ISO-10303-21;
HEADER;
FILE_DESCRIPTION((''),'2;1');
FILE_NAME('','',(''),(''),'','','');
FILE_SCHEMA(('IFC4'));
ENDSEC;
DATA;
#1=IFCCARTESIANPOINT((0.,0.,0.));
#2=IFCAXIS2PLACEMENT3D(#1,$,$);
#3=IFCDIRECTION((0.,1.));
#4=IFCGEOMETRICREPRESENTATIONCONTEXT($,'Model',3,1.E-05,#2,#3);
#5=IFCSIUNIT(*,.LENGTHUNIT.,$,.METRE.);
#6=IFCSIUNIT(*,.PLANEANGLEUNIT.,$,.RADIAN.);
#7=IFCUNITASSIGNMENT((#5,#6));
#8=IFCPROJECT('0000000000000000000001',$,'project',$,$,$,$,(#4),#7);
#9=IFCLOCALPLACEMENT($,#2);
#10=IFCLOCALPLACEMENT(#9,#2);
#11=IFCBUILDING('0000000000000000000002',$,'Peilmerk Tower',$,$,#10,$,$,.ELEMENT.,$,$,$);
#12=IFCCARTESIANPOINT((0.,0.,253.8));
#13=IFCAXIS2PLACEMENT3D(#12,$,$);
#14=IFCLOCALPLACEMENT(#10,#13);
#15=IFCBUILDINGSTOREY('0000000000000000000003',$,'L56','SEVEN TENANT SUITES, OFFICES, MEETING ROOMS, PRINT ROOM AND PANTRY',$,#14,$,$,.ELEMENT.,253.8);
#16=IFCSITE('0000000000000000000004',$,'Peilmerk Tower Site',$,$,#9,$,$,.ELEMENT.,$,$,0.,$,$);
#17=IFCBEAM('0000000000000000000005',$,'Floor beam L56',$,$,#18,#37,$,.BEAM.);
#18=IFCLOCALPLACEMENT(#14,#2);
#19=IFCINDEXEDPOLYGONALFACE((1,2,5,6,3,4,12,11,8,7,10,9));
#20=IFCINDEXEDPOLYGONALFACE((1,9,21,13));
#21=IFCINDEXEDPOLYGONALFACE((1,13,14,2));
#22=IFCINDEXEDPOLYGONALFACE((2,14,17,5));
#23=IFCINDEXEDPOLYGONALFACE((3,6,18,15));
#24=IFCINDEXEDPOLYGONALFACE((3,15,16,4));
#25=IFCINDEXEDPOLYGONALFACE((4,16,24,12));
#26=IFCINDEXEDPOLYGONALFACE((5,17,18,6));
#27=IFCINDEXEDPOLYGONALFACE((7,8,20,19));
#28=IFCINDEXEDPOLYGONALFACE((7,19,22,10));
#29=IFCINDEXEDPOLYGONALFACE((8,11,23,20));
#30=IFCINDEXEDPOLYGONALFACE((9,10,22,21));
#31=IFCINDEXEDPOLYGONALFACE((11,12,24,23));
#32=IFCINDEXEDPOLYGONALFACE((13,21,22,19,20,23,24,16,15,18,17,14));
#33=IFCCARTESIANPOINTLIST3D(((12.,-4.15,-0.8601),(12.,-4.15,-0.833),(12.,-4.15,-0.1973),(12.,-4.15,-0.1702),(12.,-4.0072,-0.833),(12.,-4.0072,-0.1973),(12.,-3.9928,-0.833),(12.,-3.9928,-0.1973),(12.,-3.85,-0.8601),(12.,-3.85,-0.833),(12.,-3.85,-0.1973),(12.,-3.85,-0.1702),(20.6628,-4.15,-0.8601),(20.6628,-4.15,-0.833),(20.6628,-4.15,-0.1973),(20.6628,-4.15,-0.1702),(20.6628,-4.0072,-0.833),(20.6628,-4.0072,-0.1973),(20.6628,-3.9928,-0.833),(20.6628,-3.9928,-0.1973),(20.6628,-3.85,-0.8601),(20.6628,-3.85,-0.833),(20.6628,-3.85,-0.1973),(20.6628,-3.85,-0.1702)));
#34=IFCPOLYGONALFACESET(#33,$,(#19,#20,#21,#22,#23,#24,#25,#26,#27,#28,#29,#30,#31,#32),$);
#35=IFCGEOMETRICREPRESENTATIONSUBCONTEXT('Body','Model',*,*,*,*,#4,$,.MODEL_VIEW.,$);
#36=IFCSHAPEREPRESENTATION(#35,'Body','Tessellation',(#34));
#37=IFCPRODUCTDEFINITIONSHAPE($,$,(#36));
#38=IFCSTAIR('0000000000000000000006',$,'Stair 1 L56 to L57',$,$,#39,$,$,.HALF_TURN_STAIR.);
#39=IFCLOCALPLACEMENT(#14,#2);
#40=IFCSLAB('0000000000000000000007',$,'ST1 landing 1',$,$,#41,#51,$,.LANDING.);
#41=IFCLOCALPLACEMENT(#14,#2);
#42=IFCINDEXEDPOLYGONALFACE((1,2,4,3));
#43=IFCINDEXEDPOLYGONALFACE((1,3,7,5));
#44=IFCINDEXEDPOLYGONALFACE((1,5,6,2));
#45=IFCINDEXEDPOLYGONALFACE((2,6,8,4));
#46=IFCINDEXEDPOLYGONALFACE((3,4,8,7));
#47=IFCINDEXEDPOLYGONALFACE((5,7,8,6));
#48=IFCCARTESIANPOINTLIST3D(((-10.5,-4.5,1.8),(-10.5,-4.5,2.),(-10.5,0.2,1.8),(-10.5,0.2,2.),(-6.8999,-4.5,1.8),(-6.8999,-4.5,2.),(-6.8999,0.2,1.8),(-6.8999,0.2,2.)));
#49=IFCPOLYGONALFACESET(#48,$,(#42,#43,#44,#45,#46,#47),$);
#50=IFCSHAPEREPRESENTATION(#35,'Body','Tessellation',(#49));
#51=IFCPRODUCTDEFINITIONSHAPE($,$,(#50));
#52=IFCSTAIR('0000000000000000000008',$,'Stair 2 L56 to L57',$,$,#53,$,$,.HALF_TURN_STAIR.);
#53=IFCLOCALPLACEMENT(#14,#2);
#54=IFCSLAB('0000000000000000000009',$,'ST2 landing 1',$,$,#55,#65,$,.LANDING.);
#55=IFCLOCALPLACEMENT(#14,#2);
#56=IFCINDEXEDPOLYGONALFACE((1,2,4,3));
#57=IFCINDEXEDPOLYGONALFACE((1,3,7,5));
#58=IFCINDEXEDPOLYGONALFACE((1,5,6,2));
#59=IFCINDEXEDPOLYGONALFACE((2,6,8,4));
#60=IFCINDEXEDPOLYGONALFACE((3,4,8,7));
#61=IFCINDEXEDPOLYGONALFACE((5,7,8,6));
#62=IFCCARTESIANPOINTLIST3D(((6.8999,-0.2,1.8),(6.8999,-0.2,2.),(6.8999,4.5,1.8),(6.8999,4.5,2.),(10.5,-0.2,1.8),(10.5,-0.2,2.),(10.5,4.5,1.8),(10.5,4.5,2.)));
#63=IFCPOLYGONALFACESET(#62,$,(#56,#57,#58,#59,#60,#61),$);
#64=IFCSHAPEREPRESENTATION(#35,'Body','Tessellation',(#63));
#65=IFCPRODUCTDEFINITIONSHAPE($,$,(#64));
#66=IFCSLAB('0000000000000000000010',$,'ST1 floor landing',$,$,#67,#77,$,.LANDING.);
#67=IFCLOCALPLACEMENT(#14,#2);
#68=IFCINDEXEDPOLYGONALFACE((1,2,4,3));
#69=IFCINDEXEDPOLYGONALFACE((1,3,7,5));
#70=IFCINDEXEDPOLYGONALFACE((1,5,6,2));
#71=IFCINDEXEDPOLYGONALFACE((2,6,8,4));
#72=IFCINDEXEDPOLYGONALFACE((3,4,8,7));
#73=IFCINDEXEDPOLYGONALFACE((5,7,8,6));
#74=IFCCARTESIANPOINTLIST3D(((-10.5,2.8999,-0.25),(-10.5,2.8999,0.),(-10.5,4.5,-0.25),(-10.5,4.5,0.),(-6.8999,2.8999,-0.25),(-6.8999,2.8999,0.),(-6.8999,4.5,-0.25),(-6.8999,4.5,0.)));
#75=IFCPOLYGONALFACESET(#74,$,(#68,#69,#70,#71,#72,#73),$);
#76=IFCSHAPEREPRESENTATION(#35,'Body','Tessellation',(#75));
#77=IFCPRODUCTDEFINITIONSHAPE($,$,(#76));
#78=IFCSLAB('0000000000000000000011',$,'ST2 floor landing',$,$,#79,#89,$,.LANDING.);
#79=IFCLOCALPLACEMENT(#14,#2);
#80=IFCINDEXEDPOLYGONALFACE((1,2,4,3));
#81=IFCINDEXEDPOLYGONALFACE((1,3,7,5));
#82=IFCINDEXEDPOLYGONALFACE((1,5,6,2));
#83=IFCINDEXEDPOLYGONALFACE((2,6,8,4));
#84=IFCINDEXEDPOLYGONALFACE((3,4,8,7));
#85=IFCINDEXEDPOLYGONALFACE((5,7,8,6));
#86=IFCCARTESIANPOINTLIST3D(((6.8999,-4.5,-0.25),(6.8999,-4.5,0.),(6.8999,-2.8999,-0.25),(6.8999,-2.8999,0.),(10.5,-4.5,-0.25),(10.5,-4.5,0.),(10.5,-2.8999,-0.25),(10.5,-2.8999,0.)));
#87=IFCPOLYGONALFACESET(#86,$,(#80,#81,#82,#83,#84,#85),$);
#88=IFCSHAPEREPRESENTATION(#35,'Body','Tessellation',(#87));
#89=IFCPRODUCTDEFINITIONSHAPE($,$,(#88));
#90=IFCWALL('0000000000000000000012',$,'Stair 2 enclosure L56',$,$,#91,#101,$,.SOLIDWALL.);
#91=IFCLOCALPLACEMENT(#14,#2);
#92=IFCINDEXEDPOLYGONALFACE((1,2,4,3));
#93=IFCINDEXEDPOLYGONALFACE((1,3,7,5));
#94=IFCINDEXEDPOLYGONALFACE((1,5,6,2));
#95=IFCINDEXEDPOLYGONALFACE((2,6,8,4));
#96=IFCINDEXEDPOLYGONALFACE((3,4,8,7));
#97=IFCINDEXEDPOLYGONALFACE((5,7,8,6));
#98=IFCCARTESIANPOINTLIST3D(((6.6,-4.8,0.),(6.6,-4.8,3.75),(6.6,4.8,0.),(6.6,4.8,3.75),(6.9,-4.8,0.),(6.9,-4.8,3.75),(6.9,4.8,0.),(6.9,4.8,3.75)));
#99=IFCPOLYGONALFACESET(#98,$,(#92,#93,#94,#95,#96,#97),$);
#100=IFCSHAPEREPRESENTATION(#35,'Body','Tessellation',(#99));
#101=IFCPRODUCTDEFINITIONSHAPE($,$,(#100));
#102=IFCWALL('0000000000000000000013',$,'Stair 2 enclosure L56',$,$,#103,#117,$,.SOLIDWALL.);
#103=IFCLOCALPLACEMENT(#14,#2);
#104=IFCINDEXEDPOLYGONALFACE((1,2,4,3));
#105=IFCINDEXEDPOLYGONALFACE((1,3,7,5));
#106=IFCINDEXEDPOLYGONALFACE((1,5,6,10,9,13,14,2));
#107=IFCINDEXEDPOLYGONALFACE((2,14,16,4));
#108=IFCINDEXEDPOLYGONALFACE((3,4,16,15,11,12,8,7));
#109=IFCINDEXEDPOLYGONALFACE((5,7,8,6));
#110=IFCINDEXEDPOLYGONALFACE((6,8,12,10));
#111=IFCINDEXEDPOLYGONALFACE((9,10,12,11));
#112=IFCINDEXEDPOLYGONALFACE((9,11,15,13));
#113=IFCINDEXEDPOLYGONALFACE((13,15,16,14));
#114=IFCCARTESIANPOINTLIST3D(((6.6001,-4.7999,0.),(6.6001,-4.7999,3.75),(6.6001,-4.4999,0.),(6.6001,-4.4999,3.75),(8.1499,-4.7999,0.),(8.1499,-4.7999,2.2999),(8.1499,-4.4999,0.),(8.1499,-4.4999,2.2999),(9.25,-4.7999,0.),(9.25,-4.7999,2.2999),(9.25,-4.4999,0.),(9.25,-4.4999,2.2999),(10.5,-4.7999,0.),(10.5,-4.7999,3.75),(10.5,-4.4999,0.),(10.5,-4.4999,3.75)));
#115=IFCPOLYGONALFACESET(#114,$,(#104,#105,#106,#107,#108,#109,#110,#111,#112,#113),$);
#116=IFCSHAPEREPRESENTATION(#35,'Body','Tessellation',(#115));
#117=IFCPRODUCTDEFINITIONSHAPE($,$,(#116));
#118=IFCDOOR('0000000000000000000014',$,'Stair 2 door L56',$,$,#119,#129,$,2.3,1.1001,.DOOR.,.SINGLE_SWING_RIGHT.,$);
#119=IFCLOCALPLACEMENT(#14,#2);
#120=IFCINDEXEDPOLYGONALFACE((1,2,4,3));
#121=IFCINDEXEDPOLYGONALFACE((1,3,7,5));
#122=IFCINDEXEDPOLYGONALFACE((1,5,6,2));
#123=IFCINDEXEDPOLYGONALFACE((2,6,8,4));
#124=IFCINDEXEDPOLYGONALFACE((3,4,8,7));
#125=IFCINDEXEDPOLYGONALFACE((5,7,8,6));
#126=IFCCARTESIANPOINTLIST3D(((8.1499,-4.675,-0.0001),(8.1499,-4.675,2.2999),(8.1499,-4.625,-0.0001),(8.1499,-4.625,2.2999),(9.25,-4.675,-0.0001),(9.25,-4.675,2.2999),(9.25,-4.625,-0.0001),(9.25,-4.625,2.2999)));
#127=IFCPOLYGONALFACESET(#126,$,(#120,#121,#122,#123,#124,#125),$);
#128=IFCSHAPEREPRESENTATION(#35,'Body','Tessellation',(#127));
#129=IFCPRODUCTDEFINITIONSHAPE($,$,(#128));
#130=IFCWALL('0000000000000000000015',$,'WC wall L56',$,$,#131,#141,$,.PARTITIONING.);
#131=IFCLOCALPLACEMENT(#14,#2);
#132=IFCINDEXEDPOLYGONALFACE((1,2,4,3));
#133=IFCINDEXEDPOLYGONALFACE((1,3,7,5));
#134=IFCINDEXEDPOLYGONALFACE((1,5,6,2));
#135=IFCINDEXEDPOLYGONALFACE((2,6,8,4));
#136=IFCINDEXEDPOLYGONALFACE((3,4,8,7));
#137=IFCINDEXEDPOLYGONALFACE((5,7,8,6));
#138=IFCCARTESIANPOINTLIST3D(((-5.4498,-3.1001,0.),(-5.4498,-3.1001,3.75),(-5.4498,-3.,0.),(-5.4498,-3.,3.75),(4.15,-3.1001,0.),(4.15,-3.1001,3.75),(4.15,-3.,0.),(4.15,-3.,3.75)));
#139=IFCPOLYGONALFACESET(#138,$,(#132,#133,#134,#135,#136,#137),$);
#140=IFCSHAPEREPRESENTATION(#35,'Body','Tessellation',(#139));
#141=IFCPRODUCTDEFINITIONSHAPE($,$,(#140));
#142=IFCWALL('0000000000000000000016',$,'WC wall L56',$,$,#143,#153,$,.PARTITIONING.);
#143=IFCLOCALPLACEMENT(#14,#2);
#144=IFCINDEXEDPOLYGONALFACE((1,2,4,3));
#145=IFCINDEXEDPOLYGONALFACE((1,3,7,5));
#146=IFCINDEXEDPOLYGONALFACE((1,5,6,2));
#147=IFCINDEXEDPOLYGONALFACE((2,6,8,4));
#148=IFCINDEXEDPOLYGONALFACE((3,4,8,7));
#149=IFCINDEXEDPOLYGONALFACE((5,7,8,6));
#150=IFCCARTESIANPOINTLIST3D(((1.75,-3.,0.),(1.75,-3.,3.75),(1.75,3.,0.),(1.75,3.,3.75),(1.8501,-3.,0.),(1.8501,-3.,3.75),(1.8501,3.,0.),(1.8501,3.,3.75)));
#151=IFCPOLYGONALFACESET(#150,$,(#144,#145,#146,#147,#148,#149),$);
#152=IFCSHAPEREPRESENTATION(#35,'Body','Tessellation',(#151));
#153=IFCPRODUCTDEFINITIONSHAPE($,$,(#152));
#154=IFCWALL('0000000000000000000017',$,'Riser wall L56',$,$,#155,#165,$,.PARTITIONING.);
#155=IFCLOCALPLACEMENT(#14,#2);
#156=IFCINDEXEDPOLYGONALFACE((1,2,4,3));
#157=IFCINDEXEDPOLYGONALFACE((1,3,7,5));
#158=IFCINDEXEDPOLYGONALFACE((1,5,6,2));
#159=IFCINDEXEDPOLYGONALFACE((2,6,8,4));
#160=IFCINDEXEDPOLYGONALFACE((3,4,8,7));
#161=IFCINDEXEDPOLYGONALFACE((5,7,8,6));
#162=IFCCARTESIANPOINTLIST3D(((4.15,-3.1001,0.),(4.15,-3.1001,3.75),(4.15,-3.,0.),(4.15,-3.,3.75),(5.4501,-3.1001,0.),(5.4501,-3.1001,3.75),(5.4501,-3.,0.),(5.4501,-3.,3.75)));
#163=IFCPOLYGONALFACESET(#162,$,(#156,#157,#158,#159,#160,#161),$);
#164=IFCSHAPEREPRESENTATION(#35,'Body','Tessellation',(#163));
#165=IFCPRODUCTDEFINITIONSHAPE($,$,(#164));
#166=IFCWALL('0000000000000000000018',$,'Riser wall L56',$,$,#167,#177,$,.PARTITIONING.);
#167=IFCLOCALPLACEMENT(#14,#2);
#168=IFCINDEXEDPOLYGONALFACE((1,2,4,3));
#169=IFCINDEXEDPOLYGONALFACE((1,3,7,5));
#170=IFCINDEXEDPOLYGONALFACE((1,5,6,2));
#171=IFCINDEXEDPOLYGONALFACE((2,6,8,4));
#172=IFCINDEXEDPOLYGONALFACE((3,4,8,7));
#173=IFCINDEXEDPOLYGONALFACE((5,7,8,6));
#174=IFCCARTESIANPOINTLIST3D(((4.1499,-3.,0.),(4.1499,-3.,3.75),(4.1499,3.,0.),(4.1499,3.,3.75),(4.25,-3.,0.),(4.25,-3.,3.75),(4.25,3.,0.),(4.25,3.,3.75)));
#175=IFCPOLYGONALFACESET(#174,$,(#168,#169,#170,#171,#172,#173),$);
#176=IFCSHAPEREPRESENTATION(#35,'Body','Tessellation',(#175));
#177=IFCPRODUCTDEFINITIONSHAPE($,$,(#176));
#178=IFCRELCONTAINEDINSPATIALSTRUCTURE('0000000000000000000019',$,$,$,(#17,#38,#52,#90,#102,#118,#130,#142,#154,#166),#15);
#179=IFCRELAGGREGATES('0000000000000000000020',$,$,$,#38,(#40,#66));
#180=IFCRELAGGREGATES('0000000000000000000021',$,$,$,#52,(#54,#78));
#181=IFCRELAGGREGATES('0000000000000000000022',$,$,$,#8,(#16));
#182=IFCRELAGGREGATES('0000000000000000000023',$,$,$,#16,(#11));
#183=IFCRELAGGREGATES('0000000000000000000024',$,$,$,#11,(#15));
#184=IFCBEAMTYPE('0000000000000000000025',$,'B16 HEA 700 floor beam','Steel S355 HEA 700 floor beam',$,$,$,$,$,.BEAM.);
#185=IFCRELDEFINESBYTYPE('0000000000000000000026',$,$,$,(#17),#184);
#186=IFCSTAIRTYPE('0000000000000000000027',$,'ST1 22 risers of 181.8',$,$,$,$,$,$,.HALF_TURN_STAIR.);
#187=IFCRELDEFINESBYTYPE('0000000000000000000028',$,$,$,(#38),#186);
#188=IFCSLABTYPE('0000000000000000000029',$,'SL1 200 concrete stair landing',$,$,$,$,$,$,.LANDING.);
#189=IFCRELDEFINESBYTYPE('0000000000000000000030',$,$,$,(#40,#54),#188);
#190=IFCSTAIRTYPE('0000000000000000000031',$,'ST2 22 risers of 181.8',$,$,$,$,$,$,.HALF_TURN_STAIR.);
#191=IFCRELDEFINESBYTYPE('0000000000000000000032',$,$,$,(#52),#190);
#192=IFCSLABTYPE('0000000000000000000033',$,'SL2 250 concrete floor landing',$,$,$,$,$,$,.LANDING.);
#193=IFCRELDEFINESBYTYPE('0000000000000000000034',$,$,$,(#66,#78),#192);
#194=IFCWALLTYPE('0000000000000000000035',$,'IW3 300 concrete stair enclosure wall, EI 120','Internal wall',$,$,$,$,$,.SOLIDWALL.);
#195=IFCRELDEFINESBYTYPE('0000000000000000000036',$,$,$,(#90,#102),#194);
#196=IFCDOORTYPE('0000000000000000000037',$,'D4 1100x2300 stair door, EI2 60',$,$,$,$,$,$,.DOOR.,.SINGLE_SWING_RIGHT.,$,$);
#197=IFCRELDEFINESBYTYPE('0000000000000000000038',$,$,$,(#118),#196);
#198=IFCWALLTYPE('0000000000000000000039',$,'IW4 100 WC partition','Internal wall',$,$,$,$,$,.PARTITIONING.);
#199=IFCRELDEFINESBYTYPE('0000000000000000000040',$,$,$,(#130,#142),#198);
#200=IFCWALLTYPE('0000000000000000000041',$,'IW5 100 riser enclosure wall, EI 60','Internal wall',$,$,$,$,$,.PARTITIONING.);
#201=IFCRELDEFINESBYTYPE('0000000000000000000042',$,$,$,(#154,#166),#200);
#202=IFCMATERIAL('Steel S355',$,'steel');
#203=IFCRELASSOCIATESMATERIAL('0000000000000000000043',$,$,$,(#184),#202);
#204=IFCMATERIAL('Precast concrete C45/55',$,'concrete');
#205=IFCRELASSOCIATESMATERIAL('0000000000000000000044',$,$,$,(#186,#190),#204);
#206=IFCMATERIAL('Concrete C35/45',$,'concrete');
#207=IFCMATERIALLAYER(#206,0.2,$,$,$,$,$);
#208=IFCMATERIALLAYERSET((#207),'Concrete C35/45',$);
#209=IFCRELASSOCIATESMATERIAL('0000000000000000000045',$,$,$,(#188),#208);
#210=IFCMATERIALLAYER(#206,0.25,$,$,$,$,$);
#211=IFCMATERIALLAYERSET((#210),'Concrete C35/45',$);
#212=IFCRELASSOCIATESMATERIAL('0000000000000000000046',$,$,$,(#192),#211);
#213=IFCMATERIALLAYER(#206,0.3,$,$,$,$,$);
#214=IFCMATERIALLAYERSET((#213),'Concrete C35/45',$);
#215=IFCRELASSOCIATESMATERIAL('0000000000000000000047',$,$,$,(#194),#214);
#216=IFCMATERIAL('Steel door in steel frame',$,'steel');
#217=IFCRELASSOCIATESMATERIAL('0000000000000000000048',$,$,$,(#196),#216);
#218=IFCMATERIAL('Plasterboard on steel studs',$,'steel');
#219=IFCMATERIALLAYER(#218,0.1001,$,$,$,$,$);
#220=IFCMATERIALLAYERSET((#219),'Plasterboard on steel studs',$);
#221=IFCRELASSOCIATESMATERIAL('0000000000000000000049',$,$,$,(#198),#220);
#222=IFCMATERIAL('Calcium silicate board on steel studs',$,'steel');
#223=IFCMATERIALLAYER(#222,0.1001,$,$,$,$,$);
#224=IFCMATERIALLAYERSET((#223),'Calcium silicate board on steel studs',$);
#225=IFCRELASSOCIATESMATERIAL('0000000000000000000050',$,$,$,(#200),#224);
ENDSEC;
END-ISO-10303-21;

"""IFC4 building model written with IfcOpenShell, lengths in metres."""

from ifc_helpers import new_model, si_unit, direction, frame, frame_2d, origin, origin_2d, place, context, subcontext, project, spatial, polyline, rectangle, i_section, outline, extrude, material, layer, layer_set, material_profile, profile_set, type_object, element, fill, aggregate, save


model = new_model("IFC4")

# Units and contexts
model_context = context("Model", 3, precision=1e-05, world=origin(), true_north=direction((0.0, 1.0)))
body_context = subcontext(model_context, "Body", "Model", "MODEL_VIEW")
ifc_project = project(units=[si_unit("LENGTHUNIT", "METRE"), si_unit("PLANEANGLEUNIT", "RADIAN")], contexts=[model_context])

# Site, building, storey
site_placement = place(None, origin())
site = spatial("IfcSite", under=ifc_project, at=site_placement, Name="Peilmerk Tower Site", CompositionType="ELEMENT", RefElevation=0.0)
building_placement = place(site_placement, origin())
building = spatial("IfcBuilding", under=site, at=building_placement, Name="Peilmerk Tower", CompositionType="ELEMENT")
storey_placement = place(building_placement, frame((0.0, 0.0, 253.8)))
storey = spatial("IfcBuildingStorey", under=building, at=storey_placement, Name="L56", Description="SEVEN TENANT SUITES, OFFICES, MEETING ROOMS, PRINT ROOM AND PANTRY", CompositionType="ELEMENT", Elevation=253.8)

# Beam
ifc_material_1 = material(Name="Steel S355", Category="steel")
ifc_material_profile = material_profile(ifc_material_1, i_section(OverallWidth=0.3, OverallDepth=0.6899, WebThickness=0.0144, FlangeThickness=0.0271, at=origin_2d()), Name="HEA 700")
ifc_profile_set = profile_set([ifc_material_profile], Name="Steel S355")
beam_type = type_object("IfcBeamType", Name="B16 HEA 700 floor beam", Description="Steel S355 HEA 700 floor beam", PredefinedType="BEAM", material=ifc_profile_set)
beam_placement = place(storey_placement, frame((12.0, -4.0, -0.5151), z_axis=(1.0, 0.0, 0.0), x_axis=(0.0, 1.0, 0.0)))
element("IfcBeam", 1, at=beam_placement, inside=storey, type_object=beam_type, Name="Floor beam L56", PredefinedType="BEAM", context=body_context, shape_type="SweptSolid", body=[
    extrude(i_section(OverallWidth=0.3, OverallDepth=0.6899, WebThickness=0.0144, FlangeThickness=0.0271, at=origin_2d()), origin(), (0.0, 0.0, 1.0), 8.6628),
])

# Stairs, slabs
ifc_material_2 = material(Name="Precast concrete C45/55", Category="concrete")
stair_type_1 = type_object("IfcStairType", Name="ST1 22 risers of 181.8", PredefinedType="HALF_TURN_STAIR", material=ifc_material_2)
stair_1_placement = place(storey_placement, origin())
stair_1 = element("IfcStair", 2, at=stair_1_placement, inside=storey, type_object=stair_type_1, Name="Stair 1 L56 to L57", PredefinedType="HALF_TURN_STAIR")
ifc_material_3 = material(Name="Concrete C35/45", Category="concrete")
ifc_layer_1 = layer(ifc_material_3, 0.2)
ifc_layer_set_1 = layer_set([ifc_layer_1], Name="Concrete C35/45")
slab_type_1 = type_object("IfcSlabType", Name="SL1 200 concrete stair landing", PredefinedType="LANDING", material=ifc_layer_set_1)
slab_1_placement = place(storey_placement, frame((0.0, 0.0, 1.8)))
slab_1 = element("IfcSlab", 3, at=slab_1_placement, type_object=slab_type_1, Name="ST1 landing 1", PredefinedType="LANDING", context=body_context, shape_type="SweptSolid", body=[
    extrude(outline(polyline([(-10.5, -4.5), (-6.8999, -4.5), (-6.8999, 0.2), (-10.5, 0.2), (-10.5, -4.5)])), origin(), (0.0, 0.0, 1.0), 0.2),
])
stair_type_2 = type_object("IfcStairType", Name="ST2 22 risers of 181.8", PredefinedType="HALF_TURN_STAIR", material=ifc_material_2)
stair_2_placement = place(storey_placement, origin())
stair_2 = element("IfcStair", 4, at=stair_2_placement, inside=storey, type_object=stair_type_2, Name="Stair 2 L56 to L57", PredefinedType="HALF_TURN_STAIR")
slab_2_placement = place(storey_placement, frame((0.0, 0.0, 1.8)))
slab_2 = element("IfcSlab", 5, at=slab_2_placement, type_object=slab_type_1, Name="ST2 landing 1", PredefinedType="LANDING", context=body_context, shape_type="SweptSolid", body=[
    extrude(outline(polyline([(6.8999, -0.2), (10.5, -0.2), (10.5, 4.5), (6.8999, 4.5), (6.8999, -0.2)])), origin(), (0.0, 0.0, 1.0), 0.2),
])

# Slabs
ifc_layer_2 = layer(ifc_material_3, 0.25)
ifc_layer_set_2 = layer_set([ifc_layer_2], Name="Concrete C35/45")
slab_type_2 = type_object("IfcSlabType", Name="SL2 250 concrete floor landing", PredefinedType="LANDING", material=ifc_layer_set_2)
slab_3_placement = place(storey_placement, frame((0.0, 0.0, -0.25)))
slab_3 = element("IfcSlab", 6, at=slab_3_placement, type_object=slab_type_2, Name="ST1 floor landing", PredefinedType="LANDING", context=body_context, shape_type="SweptSolid", body=[
    extrude(outline(polyline([(-10.5, 2.8999), (-6.8999, 2.8999), (-6.8999, 4.5), (-10.5, 4.5), (-10.5, 2.8999)])), origin(), (0.0, 0.0, 1.0), 0.25),
])
aggregate(stair_1, [slab_1, slab_3])
slab_4_placement = place(storey_placement, frame((0.0, 0.0, -0.25)))
slab_4 = element("IfcSlab", 7, at=slab_4_placement, type_object=slab_type_2, Name="ST2 floor landing", PredefinedType="LANDING", context=body_context, shape_type="SweptSolid", body=[
    extrude(outline(polyline([(6.8999, -4.5), (10.5, -4.5), (10.5, -2.8999), (6.8999, -2.8999), (6.8999, -4.5)])), origin(), (0.0, 0.0, 1.0), 0.25),
])

# Wall
ifc_layer_3 = layer(ifc_material_3, 0.3)
ifc_layer_set_3 = layer_set([ifc_layer_3], Name="Concrete C35/45")
wall_type_1 = type_object("IfcWallType", Name="IW3 300 concrete stair enclosure wall, EI 120", Description="Internal wall", PredefinedType="SOLIDWALL", material=ifc_layer_set_3)
wall_1_placement = place(storey_placement, frame((6.75, -4.8, 0.0), z_axis=(0.0, 0.0, 1.0), x_axis=(0.0, 1.0, 0.0)))
element("IfcWall", 8, at=wall_1_placement, inside=storey, type_object=wall_type_1, Name="Stair 2 enclosure L56", PredefinedType="SOLIDWALL", context=body_context, shape_type="SweptSolid", body=[
    extrude(rectangle(XDim=9.6001, YDim=0.3, at=frame_2d((4.8, 0.0))), origin(), (0.0, 0.0, 1.0), 3.75),
])

# Wall, opening, door
wall_2_placement = place(storey_placement, frame((10.5, -4.6499, 0.0), z_axis=(0.0, 0.0, 1.0), x_axis=(-1.0, 0.0, 0.0)))
wall_2 = element("IfcWall", 9, at=wall_2_placement, inside=storey, type_object=wall_type_1, Name="Stair 2 enclosure L56", PredefinedType="SOLIDWALL", context=body_context, shape_type="SweptSolid", body=[
    extrude(rectangle(XDim=3.8999, YDim=0.3, at=frame_2d((1.95, 0.0))), origin(), (0.0, 0.0, 1.0), 3.75),
])
opening_1_placement = place(wall_2_placement, frame((1.25, 0.0, 0.0)))
opening_1 = element("IfcOpeningElement", 10, at=opening_1_placement, cuts=wall_2, PredefinedType="OPENING", context=body_context, shape_type="SweptSolid", body=[
    extrude(rectangle(XDim=1.1001, YDim=2.3, at=frame_2d((0.55, 1.1499))), frame((0.0, 0.1599, 0.0), z_axis=(0.0, -1.0, 0.0), x_axis=(1.0, 0.0, 0.0)), (0.0, 0.0, 1.0), 0.3201),
])
ifc_material_4 = material(Name="Steel door in steel frame", Category="steel")
door_type_1 = type_object("IfcDoorType", Name="D4 1100x2300 stair door, EI2 60", OperationType="SINGLE_SWING_RIGHT", PredefinedType="DOOR", material=ifc_material_4)
door_1_placement = place(opening_1_placement, frame((1.1001, 0.0, 0.0), z_axis=(0.0, 0.0, 1.0), x_axis=(-1.0, 0.0, 0.0)))
door_1 = element("IfcDoor", 11, at=door_1_placement, inside=storey, type_object=door_type_1, Name="Stair 2 door L56", OperationType="SINGLE_SWING_RIGHT", OverallHeight=2.3, OverallWidth=1.1001, PredefinedType="DOOR", context=body_context, shape_type="SweptSolid", body=[
    extrude(rectangle(XDim=1.1001, YDim=2.3, at=frame_2d((0.55, 1.1499))), frame((0.0, 0.0249, 0.0), z_axis=(0.0, -1.0, 0.0), x_axis=(1.0, 0.0, 0.0)), (0.0, 0.0, 1.0), 0.05),
])
fill(opening_1, door_1)

# Walls
ifc_material_5 = material(Name="Plasterboard on steel studs", Category="steel")
ifc_layer_4 = layer(ifc_material_5, 0.1001)
ifc_layer_set_4 = layer_set([ifc_layer_4], Name="Plasterboard on steel studs")
wall_type_2 = type_object("IfcWallType", Name="IW4 100 WC partition", Description="Internal wall", PredefinedType="PARTITIONING", material=ifc_layer_set_4)
wall_3_placement = place(storey_placement, frame((4.1499, -3.05, 0.0), z_axis=(0.0, 0.0, 1.0), x_axis=(-1.0, 0.0, 0.0)))
element("IfcWall", 12, at=wall_3_placement, inside=storey, type_object=wall_type_2, Name="WC wall L56", PredefinedType="PARTITIONING", context=body_context, shape_type="SweptSolid", body=[
    extrude(rectangle(XDim=9.5999, YDim=0.1001, at=frame_2d((4.7998, 0.0))), origin(), (0.0, 0.0, 1.0), 3.75),
])
wall_4_placement = place(storey_placement, frame((1.8, -3.0, 0.0), z_axis=(0.0, 0.0, 1.0), x_axis=(0.0, 1.0, 0.0)))
element("IfcWall", 13, at=wall_4_placement, inside=storey, type_object=wall_type_2, Name="WC wall L56", PredefinedType="PARTITIONING", context=body_context, shape_type="SweptSolid", body=[
    extrude(rectangle(XDim=6.0, YDim=0.1001, at=frame_2d((3.0, 0.0))), origin(), (0.0, 0.0, 1.0), 3.75),
])
ifc_material_6 = material(Name="Calcium silicate board on steel studs", Category="steel")
ifc_layer_5 = layer(ifc_material_6, 0.1001)
ifc_layer_set_5 = layer_set([ifc_layer_5], Name="Calcium silicate board on steel studs")
wall_type_3 = type_object("IfcWallType", Name="IW5 100 riser enclosure wall, EI 60", Description="Internal wall", PredefinedType="PARTITIONING", material=ifc_layer_set_5)
wall_5_placement = place(storey_placement, frame((5.45, -3.05, 0.0), z_axis=(0.0, 0.0, 1.0), x_axis=(-1.0, 0.0, 0.0)))
element("IfcWall", 14, at=wall_5_placement, inside=storey, type_object=wall_type_3, Name="Riser wall L56", PredefinedType="PARTITIONING", context=body_context, shape_type="SweptSolid", body=[
    extrude(rectangle(XDim=1.3, YDim=0.1001, at=frame_2d((0.6499, 0.0))), origin(), (0.0, 0.0, 1.0), 3.75),
])
wall_6_placement = place(storey_placement, frame((4.2, -3.0, 0.0), z_axis=(0.0, 0.0, 1.0), x_axis=(0.0, 1.0, 0.0)))
element("IfcWall", 15, at=wall_6_placement, inside=storey, type_object=wall_type_3, Name="Riser wall L56", PredefinedType="PARTITIONING", context=body_context, shape_type="SweptSolid", body=[
    extrude(rectangle(XDim=6.0, YDim=0.1001, at=frame_2d((3.0, 0.0))), origin(), (0.0, 0.0, 1.0), 3.75),
])

aggregate(stair_2, [slab_2, slab_4])

save(model, "model.ifc")
